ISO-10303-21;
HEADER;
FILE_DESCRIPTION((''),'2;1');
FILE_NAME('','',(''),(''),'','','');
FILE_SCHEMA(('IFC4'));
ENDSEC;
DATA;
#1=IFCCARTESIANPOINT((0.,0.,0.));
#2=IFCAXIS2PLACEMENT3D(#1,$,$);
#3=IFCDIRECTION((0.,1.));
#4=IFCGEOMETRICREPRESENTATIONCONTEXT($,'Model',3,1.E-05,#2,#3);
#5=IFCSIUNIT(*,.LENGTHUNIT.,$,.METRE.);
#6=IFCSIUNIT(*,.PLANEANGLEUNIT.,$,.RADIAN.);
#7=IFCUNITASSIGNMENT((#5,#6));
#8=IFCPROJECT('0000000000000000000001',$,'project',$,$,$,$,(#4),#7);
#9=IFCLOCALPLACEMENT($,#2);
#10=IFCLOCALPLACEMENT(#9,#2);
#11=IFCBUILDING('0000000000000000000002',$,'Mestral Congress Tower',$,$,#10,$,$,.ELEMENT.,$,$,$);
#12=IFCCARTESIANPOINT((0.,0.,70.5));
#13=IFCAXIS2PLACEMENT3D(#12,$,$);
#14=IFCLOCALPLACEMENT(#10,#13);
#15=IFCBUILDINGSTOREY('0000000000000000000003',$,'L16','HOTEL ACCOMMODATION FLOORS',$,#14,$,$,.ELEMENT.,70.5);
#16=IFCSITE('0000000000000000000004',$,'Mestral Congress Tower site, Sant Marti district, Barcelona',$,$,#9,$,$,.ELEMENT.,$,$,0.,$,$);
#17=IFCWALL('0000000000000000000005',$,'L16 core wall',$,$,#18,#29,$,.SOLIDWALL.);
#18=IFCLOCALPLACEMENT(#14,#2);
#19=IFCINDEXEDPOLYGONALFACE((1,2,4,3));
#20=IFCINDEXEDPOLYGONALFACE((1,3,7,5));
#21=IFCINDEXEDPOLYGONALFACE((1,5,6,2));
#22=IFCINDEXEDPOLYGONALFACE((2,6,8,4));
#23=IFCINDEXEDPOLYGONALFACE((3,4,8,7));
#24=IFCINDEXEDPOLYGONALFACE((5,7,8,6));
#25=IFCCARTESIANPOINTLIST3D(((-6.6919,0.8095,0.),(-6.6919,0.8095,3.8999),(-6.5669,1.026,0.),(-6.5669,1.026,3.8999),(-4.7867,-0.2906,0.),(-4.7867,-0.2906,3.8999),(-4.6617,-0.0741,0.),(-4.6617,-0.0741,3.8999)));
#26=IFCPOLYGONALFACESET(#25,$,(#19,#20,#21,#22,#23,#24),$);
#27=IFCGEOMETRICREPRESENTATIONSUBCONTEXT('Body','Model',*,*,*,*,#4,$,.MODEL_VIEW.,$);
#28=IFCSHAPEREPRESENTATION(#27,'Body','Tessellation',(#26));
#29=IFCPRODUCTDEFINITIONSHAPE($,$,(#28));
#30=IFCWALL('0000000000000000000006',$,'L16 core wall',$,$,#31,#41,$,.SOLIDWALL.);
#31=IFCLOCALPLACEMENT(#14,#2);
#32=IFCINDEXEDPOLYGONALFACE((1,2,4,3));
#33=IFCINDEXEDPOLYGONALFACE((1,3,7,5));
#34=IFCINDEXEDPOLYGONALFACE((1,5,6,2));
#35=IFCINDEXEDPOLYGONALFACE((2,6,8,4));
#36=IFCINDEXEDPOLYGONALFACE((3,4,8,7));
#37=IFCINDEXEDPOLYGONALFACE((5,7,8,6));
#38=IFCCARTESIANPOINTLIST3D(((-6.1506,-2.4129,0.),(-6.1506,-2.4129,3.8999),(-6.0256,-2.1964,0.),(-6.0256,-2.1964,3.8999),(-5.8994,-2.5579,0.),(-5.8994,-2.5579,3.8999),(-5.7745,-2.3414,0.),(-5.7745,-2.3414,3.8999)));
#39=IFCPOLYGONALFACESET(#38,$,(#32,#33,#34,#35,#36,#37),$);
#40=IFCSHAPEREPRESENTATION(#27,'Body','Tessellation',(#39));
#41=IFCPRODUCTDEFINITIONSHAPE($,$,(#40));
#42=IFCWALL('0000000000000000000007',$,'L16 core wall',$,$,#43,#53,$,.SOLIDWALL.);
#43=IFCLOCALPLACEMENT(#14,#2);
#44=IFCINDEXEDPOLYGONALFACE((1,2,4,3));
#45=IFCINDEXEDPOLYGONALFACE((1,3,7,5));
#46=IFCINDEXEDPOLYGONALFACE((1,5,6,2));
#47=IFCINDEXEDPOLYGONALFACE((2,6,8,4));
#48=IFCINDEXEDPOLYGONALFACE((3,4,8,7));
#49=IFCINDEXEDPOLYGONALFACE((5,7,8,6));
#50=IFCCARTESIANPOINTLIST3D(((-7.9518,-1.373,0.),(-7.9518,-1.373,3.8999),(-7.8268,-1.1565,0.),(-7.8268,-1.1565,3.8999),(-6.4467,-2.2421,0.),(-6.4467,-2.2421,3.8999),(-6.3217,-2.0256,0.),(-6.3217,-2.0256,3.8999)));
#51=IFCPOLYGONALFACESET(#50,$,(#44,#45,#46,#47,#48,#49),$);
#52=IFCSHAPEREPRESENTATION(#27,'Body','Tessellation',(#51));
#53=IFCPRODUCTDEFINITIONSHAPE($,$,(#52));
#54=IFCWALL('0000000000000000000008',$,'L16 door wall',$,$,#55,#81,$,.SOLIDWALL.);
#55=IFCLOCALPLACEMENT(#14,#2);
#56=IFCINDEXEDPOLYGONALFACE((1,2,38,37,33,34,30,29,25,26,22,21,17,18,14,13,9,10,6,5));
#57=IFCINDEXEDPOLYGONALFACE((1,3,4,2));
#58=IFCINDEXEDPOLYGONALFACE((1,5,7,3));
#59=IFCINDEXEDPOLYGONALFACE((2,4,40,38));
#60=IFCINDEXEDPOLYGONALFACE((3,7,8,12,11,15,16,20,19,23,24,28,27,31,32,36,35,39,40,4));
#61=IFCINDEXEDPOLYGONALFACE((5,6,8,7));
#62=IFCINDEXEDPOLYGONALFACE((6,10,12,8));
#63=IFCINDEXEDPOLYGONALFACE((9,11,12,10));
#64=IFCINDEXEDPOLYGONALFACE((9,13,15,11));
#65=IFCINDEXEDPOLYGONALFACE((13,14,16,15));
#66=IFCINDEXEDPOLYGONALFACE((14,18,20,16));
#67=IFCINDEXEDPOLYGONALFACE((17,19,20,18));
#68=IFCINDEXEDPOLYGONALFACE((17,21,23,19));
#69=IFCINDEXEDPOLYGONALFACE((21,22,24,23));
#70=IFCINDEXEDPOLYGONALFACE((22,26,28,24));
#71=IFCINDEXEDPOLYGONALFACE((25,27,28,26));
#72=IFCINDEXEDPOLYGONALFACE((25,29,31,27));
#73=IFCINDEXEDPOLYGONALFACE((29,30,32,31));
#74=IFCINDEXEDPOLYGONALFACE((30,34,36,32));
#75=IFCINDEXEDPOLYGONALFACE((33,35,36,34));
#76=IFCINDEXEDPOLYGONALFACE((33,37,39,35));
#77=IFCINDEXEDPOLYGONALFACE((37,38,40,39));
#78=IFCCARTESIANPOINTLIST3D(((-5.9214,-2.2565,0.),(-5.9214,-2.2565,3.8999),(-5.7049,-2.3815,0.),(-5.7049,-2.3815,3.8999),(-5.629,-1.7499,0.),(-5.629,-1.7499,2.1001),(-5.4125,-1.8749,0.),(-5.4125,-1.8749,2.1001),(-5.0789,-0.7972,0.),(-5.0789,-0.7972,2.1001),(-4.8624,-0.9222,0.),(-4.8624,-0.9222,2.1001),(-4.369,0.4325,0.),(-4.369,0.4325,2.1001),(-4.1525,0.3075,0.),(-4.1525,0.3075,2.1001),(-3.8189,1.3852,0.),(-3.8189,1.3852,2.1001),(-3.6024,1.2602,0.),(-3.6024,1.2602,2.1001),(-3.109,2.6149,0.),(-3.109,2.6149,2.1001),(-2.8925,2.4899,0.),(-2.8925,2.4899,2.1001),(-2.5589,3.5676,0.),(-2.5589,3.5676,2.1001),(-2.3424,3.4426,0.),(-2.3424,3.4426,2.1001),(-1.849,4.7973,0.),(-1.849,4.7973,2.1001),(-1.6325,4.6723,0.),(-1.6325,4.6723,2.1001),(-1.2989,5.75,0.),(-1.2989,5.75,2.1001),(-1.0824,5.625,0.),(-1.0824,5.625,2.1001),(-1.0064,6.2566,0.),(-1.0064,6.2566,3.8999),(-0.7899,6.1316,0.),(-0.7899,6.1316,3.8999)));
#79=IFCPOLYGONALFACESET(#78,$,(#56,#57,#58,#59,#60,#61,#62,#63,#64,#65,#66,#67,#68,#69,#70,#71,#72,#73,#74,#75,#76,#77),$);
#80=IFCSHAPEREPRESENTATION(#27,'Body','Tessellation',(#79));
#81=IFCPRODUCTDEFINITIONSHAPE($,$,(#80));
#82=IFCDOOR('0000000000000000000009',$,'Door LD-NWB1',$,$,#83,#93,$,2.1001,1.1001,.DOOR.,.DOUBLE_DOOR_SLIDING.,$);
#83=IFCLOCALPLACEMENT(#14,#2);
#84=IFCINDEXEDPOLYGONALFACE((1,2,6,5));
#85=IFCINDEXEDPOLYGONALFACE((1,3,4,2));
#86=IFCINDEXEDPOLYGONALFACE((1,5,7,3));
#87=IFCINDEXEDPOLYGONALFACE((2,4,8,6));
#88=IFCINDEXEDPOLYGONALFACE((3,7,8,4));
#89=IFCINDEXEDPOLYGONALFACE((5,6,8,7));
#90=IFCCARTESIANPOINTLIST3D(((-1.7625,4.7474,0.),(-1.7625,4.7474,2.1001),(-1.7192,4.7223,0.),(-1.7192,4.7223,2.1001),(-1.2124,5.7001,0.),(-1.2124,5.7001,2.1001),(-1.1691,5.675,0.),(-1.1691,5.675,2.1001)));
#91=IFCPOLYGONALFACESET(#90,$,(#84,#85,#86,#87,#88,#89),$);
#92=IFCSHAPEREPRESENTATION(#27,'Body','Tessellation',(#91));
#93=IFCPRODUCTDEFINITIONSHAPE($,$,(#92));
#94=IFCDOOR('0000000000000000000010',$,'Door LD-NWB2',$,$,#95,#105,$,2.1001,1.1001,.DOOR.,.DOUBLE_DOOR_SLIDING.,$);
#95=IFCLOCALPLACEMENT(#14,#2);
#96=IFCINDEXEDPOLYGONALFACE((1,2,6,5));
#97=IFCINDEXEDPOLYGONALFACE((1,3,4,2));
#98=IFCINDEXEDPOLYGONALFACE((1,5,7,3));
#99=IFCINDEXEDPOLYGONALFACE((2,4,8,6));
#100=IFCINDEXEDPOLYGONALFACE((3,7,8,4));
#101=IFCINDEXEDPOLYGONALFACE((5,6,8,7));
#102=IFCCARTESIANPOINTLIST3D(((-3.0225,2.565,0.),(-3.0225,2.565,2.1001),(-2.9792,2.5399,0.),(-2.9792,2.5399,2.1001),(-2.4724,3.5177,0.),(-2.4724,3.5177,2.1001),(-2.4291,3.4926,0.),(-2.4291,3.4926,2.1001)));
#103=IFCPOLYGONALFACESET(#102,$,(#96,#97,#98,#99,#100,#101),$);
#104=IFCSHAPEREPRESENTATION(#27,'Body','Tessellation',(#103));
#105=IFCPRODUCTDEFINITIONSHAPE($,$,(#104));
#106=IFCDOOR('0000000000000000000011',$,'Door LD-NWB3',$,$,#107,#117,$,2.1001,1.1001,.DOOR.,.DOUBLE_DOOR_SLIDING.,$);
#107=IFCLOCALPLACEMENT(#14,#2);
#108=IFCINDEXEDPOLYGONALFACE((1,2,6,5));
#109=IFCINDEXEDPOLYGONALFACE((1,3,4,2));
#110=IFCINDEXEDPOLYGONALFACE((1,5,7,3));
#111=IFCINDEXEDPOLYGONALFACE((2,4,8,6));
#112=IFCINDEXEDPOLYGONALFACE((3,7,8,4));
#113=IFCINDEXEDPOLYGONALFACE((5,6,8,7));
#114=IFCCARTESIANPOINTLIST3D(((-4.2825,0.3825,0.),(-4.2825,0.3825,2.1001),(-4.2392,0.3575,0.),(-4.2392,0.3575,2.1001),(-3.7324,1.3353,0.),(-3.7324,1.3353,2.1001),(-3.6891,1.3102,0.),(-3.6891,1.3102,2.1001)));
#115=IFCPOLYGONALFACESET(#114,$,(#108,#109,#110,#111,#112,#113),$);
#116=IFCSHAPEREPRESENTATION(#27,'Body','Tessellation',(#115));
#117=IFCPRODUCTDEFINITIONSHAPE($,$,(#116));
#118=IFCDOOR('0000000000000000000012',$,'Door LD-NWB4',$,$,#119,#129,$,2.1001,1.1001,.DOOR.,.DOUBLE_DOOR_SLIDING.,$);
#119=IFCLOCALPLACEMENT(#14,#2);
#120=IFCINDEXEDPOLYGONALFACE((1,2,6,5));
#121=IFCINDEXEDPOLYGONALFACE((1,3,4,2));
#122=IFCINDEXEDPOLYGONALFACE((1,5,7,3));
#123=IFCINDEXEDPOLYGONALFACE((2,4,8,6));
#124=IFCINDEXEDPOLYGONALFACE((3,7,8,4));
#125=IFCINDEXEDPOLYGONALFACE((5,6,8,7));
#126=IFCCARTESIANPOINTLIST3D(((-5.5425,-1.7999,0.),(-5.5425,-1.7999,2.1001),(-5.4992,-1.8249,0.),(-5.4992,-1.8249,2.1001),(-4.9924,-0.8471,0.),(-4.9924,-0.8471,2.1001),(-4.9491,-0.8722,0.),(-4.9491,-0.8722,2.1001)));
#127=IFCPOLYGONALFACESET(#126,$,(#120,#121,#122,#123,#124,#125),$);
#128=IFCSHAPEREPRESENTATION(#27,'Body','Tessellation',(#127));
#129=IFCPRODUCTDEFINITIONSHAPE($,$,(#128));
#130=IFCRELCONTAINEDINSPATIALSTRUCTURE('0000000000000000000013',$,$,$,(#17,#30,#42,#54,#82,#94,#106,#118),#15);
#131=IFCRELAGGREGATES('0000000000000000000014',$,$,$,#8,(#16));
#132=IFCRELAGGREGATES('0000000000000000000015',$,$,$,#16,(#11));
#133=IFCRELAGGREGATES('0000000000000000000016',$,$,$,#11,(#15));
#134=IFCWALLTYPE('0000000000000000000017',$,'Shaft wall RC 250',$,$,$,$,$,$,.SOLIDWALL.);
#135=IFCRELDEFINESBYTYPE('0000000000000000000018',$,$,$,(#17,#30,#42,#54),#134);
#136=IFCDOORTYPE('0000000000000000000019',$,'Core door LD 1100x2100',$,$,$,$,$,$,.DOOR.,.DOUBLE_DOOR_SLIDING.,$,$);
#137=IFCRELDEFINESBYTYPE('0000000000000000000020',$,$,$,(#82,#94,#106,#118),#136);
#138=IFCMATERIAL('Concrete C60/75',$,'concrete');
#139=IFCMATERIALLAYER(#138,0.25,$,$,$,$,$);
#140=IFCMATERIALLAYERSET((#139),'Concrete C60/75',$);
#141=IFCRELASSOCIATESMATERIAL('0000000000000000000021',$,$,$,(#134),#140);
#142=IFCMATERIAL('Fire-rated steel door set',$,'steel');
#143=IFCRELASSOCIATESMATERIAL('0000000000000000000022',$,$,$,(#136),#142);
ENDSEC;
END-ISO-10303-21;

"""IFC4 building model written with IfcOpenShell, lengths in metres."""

from ifc_helpers import new_model, si_unit, direction, frame, frame_2d, origin, place, context, subcontext, project, spatial, rectangle, extrude, material, layer, layer_set, type_object, element, fill, save


model = new_model("IFC4")

# Units and contexts
model_context = context("Model", 3, precision=1e-05, world=origin(), true_north=direction((0.0, 1.0)))
body_context = subcontext(model_context, "Body", "Model", "MODEL_VIEW")
ifc_project = project(units=[si_unit("LENGTHUNIT", "METRE"), si_unit("PLANEANGLEUNIT", "RADIAN")], contexts=[model_context])

# Site, building, storey
site_placement = place(None, origin())
site = spatial("IfcSite", under=ifc_project, at=site_placement, Name="Mestral Congress Tower site, Sant Marti district, Barcelona", CompositionType="ELEMENT", RefElevation=0.0)
building_placement = place(site_placement, origin())
building = spatial("IfcBuilding", under=site, at=building_placement, Name="Mestral Congress Tower", CompositionType="ELEMENT")
storey_placement = place(building_placement, frame((0.0, 0.0, 70.5)))
storey = spatial("IfcBuildingStorey", under=building, at=storey_placement, Name="L16", Description="HOTEL ACCOMMODATION FLOORS", CompositionType="ELEMENT", Elevation=70.5)

# Shared definitions
ifc_material_1 = material(Name="Concrete C60/75", Category="concrete")

# Shared definitions
ifc_material_2 = material(Name="Fire-rated steel door set", Category="steel")

# Walls
ifc_layer_1 = layer(ifc_material_1, 0.25)
ifc_layer_set_1 = layer_set([ifc_layer_1], Name="Concrete C60/75")
wall_type_1 = type_object("IfcWallType", Name="Shaft wall RC 250", PredefinedType="SOLIDWALL", material=ifc_layer_set_1)
for number, where, z_axis, x_axis, name in (
    (1, (-4.7241, -0.1824, 0.0), (0.0, 0.0, 1.0), (-0.866008, 0.50003, 0.0), "L16 core wall"),
):
    element("IfcWall", number, at=place(storey_placement, frame(where, z_axis=z_axis, x_axis=x_axis)), inside=storey, type_object=wall_type_1, Name=name, PredefinedType="SOLIDWALL", context=body_context, shape_type="SweptSolid", body=[
        extrude(rectangle(XDim=2.2, YDim=0.25, at=frame_2d((1.1001, 0.0))), origin(), (0.0, 0.0, 1.0), 3.8999),
    ])
wall_1_placement = place(storey_placement, frame((-6.0881, -2.3047, 0.0), z_axis=(0.0, 0.0, 1.0), x_axis=(0.866059, -0.499941, 0.0)))
element("IfcWall", 2, at=wall_1_placement, inside=storey, type_object=wall_type_1, Name="L16 core wall", PredefinedType="SOLIDWALL", context=body_context, shape_type="SweptSolid", body=[
    extrude(rectangle(XDim=0.29, YDim=0.25, at=frame_2d((0.145, 0.0))), origin(), (0.0, 0.0, 1.0), 3.8999),
])
wall_2_placement = place(storey_placement, frame((-7.8894, -1.2646, 0.0), z_axis=(0.0, 0.0, 1.0), x_axis=(0.865987, -0.500067, 0.0)))
element("IfcWall", 3, at=wall_2_placement, inside=storey, type_object=wall_type_1, Name="L16 core wall", PredefinedType="SOLIDWALL", context=body_context, shape_type="SweptSolid", body=[
    extrude(rectangle(XDim=1.738, YDim=0.25, at=frame_2d((0.8691, 0.0))), origin(), (0.0, 0.0, 1.0), 3.8999),
])

# Wall, openings, doors
wall_3_placement = place(storey_placement, frame((-0.8982, 6.1941, 0.0), z_axis=(0.0, 0.0, 1.0), x_axis=(-0.499996, -0.866028, 0.0)))
wall_3 = element("IfcWall", 4, at=wall_3_placement, inside=storey, type_object=wall_type_1, Name="L16 door wall", PredefinedType="SOLIDWALL", context=body_context, shape_type="SweptSolid", body=[
    extrude(rectangle(XDim=9.8301, YDim=0.25, at=frame_2d((4.915, 0.0))), origin(), (0.0, 0.0, 1.0), 3.8999),
])
opening_1_placement = place(wall_3_placement, frame((0.585, 0.0, 0.0)))
opening_1 = element("IfcOpeningElement", 5, at=opening_1_placement, cuts=wall_3, PredefinedType="OPENING", context=body_context, shape_type="SweptSolid", body=[
    extrude(rectangle(XDim=1.1001, YDim=2.1001, at=frame_2d((0.55, 1.05))), frame((0.0, 0.135, 0.0), z_axis=(0.0, -1.0, 0.0), x_axis=(1.0, 0.0, 0.0)), (0.0, 0.0, 1.0), 0.27),
])
opening_2_placement = place(wall_3_placement, frame((3.105, 0.0, 0.0)))
opening_2 = element("IfcOpeningElement", 6, at=opening_2_placement, cuts=wall_3, PredefinedType="OPENING", context=body_context, shape_type="SweptSolid", body=[
    extrude(rectangle(XDim=1.1001, YDim=2.1001, at=frame_2d((0.55, 1.05))), frame((0.0, 0.135, 0.0), z_axis=(0.0, -1.0, 0.0), x_axis=(1.0, 0.0, 0.0)), (0.0, 0.0, 1.0), 0.27),
])
opening_3_placement = place(wall_3_placement, frame((5.625, 0.0, 0.0)))
opening_3 = element("IfcOpeningElement", 7, at=opening_3_placement, cuts=wall_3, PredefinedType="OPENING", context=body_context, shape_type="SweptSolid", body=[
    extrude(rectangle(XDim=1.1001, YDim=2.1001, at=frame_2d((0.55, 1.05))), frame((0.0, 0.135, 0.0), z_axis=(0.0, -1.0, 0.0), x_axis=(1.0, 0.0, 0.0)), (0.0, 0.0, 1.0), 0.27),
])
opening_4_placement = place(wall_3_placement, frame((8.145, 0.0, 0.0)))
opening_4 = element("IfcOpeningElement", 8, at=opening_4_placement, cuts=wall_3, PredefinedType="OPENING", context=body_context, shape_type="SweptSolid", body=[
    extrude(rectangle(XDim=1.1001, YDim=2.1001, at=frame_2d((0.55, 1.05))), frame((0.0, 0.135, 0.0), z_axis=(0.0, -1.0, 0.0), x_axis=(1.0, 0.0, 0.0)), (0.0, 0.0, 1.0), 0.27),
])
door_type_1 = type_object("IfcDoorType", Name="Core door LD 1100x2100", OperationType="DOUBLE_DOOR_SLIDING", PredefinedType="DOOR", material=ifc_material_2)
door_1_placement = place(opening_1_placement, origin())
door_1 = element("IfcDoor", 9, at=door_1_placement, inside=storey, type_object=door_type_1, Name="Door LD-NWB1", OperationType="DOUBLE_DOOR_SLIDING", OverallHeight=2.1001, OverallWidth=1.1001, PredefinedType="DOOR", context=body_context, shape_type="SweptSolid", body=[
    extrude(rectangle(XDim=1.1001, YDim=2.1001, at=frame_2d((0.55, 1.05))), frame((0.0, 0.0249, 0.0), z_axis=(0.0, -1.0, 0.0), x_axis=(1.0, 0.0, 0.0)), (0.0, 0.0, 1.0), 0.05),
])
fill(opening_1, door_1)
door_2_placement = place(opening_2_placement, origin())
door_2 = element("IfcDoor", 10, at=door_2_placement, inside=storey, type_object=door_type_1, Name="Door LD-NWB2", OperationType="DOUBLE_DOOR_SLIDING", OverallHeight=2.1001, OverallWidth=1.1001, PredefinedType="DOOR", context=body_context, shape_type="SweptSolid", body=[
    extrude(rectangle(XDim=1.1001, YDim=2.1001, at=frame_2d((0.55, 1.05))), frame((0.0, 0.0249, 0.0), z_axis=(0.0, -1.0, 0.0), x_axis=(1.0, 0.0, 0.0)), (0.0, 0.0, 1.0), 0.05),
])
fill(opening_2, door_2)
door_3_placement = place(opening_3_placement, origin())
door_3 = element("IfcDoor", 11, at=door_3_placement, inside=storey, type_object=door_type_1, Name="Door LD-NWB3", OperationType="DOUBLE_DOOR_SLIDING", OverallHeight=2.1001, OverallWidth=1.1001, PredefinedType="DOOR", context=body_context, shape_type="SweptSolid", body=[
    extrude(rectangle(XDim=1.1001, YDim=2.1001, at=frame_2d((0.55, 1.05))), frame((0.0, 0.0249, 0.0), z_axis=(0.0, -1.0, 0.0), x_axis=(1.0, 0.0, 0.0)), (0.0, 0.0, 1.0), 0.05),
])
fill(opening_3, door_3)
door_4_placement = place(opening_4_placement, origin())
door_4 = element("IfcDoor", 12, at=door_4_placement, inside=storey, type_object=door_type_1, Name="Door LD-NWB4", OperationType="DOUBLE_DOOR_SLIDING", OverallHeight=2.1001, OverallWidth=1.1001, PredefinedType="DOOR", context=body_context, shape_type="SweptSolid", body=[
    extrude(rectangle(XDim=1.1001, YDim=2.1001, at=frame_2d((0.55, 1.05))), frame((0.0, 0.0249, 0.0), z_axis=(0.0, -1.0, 0.0), x_axis=(1.0, 0.0, 0.0)), (0.0, 0.0, 1.0), 0.05),
])
fill(opening_4, door_4)

save(model, "model.ifc")
